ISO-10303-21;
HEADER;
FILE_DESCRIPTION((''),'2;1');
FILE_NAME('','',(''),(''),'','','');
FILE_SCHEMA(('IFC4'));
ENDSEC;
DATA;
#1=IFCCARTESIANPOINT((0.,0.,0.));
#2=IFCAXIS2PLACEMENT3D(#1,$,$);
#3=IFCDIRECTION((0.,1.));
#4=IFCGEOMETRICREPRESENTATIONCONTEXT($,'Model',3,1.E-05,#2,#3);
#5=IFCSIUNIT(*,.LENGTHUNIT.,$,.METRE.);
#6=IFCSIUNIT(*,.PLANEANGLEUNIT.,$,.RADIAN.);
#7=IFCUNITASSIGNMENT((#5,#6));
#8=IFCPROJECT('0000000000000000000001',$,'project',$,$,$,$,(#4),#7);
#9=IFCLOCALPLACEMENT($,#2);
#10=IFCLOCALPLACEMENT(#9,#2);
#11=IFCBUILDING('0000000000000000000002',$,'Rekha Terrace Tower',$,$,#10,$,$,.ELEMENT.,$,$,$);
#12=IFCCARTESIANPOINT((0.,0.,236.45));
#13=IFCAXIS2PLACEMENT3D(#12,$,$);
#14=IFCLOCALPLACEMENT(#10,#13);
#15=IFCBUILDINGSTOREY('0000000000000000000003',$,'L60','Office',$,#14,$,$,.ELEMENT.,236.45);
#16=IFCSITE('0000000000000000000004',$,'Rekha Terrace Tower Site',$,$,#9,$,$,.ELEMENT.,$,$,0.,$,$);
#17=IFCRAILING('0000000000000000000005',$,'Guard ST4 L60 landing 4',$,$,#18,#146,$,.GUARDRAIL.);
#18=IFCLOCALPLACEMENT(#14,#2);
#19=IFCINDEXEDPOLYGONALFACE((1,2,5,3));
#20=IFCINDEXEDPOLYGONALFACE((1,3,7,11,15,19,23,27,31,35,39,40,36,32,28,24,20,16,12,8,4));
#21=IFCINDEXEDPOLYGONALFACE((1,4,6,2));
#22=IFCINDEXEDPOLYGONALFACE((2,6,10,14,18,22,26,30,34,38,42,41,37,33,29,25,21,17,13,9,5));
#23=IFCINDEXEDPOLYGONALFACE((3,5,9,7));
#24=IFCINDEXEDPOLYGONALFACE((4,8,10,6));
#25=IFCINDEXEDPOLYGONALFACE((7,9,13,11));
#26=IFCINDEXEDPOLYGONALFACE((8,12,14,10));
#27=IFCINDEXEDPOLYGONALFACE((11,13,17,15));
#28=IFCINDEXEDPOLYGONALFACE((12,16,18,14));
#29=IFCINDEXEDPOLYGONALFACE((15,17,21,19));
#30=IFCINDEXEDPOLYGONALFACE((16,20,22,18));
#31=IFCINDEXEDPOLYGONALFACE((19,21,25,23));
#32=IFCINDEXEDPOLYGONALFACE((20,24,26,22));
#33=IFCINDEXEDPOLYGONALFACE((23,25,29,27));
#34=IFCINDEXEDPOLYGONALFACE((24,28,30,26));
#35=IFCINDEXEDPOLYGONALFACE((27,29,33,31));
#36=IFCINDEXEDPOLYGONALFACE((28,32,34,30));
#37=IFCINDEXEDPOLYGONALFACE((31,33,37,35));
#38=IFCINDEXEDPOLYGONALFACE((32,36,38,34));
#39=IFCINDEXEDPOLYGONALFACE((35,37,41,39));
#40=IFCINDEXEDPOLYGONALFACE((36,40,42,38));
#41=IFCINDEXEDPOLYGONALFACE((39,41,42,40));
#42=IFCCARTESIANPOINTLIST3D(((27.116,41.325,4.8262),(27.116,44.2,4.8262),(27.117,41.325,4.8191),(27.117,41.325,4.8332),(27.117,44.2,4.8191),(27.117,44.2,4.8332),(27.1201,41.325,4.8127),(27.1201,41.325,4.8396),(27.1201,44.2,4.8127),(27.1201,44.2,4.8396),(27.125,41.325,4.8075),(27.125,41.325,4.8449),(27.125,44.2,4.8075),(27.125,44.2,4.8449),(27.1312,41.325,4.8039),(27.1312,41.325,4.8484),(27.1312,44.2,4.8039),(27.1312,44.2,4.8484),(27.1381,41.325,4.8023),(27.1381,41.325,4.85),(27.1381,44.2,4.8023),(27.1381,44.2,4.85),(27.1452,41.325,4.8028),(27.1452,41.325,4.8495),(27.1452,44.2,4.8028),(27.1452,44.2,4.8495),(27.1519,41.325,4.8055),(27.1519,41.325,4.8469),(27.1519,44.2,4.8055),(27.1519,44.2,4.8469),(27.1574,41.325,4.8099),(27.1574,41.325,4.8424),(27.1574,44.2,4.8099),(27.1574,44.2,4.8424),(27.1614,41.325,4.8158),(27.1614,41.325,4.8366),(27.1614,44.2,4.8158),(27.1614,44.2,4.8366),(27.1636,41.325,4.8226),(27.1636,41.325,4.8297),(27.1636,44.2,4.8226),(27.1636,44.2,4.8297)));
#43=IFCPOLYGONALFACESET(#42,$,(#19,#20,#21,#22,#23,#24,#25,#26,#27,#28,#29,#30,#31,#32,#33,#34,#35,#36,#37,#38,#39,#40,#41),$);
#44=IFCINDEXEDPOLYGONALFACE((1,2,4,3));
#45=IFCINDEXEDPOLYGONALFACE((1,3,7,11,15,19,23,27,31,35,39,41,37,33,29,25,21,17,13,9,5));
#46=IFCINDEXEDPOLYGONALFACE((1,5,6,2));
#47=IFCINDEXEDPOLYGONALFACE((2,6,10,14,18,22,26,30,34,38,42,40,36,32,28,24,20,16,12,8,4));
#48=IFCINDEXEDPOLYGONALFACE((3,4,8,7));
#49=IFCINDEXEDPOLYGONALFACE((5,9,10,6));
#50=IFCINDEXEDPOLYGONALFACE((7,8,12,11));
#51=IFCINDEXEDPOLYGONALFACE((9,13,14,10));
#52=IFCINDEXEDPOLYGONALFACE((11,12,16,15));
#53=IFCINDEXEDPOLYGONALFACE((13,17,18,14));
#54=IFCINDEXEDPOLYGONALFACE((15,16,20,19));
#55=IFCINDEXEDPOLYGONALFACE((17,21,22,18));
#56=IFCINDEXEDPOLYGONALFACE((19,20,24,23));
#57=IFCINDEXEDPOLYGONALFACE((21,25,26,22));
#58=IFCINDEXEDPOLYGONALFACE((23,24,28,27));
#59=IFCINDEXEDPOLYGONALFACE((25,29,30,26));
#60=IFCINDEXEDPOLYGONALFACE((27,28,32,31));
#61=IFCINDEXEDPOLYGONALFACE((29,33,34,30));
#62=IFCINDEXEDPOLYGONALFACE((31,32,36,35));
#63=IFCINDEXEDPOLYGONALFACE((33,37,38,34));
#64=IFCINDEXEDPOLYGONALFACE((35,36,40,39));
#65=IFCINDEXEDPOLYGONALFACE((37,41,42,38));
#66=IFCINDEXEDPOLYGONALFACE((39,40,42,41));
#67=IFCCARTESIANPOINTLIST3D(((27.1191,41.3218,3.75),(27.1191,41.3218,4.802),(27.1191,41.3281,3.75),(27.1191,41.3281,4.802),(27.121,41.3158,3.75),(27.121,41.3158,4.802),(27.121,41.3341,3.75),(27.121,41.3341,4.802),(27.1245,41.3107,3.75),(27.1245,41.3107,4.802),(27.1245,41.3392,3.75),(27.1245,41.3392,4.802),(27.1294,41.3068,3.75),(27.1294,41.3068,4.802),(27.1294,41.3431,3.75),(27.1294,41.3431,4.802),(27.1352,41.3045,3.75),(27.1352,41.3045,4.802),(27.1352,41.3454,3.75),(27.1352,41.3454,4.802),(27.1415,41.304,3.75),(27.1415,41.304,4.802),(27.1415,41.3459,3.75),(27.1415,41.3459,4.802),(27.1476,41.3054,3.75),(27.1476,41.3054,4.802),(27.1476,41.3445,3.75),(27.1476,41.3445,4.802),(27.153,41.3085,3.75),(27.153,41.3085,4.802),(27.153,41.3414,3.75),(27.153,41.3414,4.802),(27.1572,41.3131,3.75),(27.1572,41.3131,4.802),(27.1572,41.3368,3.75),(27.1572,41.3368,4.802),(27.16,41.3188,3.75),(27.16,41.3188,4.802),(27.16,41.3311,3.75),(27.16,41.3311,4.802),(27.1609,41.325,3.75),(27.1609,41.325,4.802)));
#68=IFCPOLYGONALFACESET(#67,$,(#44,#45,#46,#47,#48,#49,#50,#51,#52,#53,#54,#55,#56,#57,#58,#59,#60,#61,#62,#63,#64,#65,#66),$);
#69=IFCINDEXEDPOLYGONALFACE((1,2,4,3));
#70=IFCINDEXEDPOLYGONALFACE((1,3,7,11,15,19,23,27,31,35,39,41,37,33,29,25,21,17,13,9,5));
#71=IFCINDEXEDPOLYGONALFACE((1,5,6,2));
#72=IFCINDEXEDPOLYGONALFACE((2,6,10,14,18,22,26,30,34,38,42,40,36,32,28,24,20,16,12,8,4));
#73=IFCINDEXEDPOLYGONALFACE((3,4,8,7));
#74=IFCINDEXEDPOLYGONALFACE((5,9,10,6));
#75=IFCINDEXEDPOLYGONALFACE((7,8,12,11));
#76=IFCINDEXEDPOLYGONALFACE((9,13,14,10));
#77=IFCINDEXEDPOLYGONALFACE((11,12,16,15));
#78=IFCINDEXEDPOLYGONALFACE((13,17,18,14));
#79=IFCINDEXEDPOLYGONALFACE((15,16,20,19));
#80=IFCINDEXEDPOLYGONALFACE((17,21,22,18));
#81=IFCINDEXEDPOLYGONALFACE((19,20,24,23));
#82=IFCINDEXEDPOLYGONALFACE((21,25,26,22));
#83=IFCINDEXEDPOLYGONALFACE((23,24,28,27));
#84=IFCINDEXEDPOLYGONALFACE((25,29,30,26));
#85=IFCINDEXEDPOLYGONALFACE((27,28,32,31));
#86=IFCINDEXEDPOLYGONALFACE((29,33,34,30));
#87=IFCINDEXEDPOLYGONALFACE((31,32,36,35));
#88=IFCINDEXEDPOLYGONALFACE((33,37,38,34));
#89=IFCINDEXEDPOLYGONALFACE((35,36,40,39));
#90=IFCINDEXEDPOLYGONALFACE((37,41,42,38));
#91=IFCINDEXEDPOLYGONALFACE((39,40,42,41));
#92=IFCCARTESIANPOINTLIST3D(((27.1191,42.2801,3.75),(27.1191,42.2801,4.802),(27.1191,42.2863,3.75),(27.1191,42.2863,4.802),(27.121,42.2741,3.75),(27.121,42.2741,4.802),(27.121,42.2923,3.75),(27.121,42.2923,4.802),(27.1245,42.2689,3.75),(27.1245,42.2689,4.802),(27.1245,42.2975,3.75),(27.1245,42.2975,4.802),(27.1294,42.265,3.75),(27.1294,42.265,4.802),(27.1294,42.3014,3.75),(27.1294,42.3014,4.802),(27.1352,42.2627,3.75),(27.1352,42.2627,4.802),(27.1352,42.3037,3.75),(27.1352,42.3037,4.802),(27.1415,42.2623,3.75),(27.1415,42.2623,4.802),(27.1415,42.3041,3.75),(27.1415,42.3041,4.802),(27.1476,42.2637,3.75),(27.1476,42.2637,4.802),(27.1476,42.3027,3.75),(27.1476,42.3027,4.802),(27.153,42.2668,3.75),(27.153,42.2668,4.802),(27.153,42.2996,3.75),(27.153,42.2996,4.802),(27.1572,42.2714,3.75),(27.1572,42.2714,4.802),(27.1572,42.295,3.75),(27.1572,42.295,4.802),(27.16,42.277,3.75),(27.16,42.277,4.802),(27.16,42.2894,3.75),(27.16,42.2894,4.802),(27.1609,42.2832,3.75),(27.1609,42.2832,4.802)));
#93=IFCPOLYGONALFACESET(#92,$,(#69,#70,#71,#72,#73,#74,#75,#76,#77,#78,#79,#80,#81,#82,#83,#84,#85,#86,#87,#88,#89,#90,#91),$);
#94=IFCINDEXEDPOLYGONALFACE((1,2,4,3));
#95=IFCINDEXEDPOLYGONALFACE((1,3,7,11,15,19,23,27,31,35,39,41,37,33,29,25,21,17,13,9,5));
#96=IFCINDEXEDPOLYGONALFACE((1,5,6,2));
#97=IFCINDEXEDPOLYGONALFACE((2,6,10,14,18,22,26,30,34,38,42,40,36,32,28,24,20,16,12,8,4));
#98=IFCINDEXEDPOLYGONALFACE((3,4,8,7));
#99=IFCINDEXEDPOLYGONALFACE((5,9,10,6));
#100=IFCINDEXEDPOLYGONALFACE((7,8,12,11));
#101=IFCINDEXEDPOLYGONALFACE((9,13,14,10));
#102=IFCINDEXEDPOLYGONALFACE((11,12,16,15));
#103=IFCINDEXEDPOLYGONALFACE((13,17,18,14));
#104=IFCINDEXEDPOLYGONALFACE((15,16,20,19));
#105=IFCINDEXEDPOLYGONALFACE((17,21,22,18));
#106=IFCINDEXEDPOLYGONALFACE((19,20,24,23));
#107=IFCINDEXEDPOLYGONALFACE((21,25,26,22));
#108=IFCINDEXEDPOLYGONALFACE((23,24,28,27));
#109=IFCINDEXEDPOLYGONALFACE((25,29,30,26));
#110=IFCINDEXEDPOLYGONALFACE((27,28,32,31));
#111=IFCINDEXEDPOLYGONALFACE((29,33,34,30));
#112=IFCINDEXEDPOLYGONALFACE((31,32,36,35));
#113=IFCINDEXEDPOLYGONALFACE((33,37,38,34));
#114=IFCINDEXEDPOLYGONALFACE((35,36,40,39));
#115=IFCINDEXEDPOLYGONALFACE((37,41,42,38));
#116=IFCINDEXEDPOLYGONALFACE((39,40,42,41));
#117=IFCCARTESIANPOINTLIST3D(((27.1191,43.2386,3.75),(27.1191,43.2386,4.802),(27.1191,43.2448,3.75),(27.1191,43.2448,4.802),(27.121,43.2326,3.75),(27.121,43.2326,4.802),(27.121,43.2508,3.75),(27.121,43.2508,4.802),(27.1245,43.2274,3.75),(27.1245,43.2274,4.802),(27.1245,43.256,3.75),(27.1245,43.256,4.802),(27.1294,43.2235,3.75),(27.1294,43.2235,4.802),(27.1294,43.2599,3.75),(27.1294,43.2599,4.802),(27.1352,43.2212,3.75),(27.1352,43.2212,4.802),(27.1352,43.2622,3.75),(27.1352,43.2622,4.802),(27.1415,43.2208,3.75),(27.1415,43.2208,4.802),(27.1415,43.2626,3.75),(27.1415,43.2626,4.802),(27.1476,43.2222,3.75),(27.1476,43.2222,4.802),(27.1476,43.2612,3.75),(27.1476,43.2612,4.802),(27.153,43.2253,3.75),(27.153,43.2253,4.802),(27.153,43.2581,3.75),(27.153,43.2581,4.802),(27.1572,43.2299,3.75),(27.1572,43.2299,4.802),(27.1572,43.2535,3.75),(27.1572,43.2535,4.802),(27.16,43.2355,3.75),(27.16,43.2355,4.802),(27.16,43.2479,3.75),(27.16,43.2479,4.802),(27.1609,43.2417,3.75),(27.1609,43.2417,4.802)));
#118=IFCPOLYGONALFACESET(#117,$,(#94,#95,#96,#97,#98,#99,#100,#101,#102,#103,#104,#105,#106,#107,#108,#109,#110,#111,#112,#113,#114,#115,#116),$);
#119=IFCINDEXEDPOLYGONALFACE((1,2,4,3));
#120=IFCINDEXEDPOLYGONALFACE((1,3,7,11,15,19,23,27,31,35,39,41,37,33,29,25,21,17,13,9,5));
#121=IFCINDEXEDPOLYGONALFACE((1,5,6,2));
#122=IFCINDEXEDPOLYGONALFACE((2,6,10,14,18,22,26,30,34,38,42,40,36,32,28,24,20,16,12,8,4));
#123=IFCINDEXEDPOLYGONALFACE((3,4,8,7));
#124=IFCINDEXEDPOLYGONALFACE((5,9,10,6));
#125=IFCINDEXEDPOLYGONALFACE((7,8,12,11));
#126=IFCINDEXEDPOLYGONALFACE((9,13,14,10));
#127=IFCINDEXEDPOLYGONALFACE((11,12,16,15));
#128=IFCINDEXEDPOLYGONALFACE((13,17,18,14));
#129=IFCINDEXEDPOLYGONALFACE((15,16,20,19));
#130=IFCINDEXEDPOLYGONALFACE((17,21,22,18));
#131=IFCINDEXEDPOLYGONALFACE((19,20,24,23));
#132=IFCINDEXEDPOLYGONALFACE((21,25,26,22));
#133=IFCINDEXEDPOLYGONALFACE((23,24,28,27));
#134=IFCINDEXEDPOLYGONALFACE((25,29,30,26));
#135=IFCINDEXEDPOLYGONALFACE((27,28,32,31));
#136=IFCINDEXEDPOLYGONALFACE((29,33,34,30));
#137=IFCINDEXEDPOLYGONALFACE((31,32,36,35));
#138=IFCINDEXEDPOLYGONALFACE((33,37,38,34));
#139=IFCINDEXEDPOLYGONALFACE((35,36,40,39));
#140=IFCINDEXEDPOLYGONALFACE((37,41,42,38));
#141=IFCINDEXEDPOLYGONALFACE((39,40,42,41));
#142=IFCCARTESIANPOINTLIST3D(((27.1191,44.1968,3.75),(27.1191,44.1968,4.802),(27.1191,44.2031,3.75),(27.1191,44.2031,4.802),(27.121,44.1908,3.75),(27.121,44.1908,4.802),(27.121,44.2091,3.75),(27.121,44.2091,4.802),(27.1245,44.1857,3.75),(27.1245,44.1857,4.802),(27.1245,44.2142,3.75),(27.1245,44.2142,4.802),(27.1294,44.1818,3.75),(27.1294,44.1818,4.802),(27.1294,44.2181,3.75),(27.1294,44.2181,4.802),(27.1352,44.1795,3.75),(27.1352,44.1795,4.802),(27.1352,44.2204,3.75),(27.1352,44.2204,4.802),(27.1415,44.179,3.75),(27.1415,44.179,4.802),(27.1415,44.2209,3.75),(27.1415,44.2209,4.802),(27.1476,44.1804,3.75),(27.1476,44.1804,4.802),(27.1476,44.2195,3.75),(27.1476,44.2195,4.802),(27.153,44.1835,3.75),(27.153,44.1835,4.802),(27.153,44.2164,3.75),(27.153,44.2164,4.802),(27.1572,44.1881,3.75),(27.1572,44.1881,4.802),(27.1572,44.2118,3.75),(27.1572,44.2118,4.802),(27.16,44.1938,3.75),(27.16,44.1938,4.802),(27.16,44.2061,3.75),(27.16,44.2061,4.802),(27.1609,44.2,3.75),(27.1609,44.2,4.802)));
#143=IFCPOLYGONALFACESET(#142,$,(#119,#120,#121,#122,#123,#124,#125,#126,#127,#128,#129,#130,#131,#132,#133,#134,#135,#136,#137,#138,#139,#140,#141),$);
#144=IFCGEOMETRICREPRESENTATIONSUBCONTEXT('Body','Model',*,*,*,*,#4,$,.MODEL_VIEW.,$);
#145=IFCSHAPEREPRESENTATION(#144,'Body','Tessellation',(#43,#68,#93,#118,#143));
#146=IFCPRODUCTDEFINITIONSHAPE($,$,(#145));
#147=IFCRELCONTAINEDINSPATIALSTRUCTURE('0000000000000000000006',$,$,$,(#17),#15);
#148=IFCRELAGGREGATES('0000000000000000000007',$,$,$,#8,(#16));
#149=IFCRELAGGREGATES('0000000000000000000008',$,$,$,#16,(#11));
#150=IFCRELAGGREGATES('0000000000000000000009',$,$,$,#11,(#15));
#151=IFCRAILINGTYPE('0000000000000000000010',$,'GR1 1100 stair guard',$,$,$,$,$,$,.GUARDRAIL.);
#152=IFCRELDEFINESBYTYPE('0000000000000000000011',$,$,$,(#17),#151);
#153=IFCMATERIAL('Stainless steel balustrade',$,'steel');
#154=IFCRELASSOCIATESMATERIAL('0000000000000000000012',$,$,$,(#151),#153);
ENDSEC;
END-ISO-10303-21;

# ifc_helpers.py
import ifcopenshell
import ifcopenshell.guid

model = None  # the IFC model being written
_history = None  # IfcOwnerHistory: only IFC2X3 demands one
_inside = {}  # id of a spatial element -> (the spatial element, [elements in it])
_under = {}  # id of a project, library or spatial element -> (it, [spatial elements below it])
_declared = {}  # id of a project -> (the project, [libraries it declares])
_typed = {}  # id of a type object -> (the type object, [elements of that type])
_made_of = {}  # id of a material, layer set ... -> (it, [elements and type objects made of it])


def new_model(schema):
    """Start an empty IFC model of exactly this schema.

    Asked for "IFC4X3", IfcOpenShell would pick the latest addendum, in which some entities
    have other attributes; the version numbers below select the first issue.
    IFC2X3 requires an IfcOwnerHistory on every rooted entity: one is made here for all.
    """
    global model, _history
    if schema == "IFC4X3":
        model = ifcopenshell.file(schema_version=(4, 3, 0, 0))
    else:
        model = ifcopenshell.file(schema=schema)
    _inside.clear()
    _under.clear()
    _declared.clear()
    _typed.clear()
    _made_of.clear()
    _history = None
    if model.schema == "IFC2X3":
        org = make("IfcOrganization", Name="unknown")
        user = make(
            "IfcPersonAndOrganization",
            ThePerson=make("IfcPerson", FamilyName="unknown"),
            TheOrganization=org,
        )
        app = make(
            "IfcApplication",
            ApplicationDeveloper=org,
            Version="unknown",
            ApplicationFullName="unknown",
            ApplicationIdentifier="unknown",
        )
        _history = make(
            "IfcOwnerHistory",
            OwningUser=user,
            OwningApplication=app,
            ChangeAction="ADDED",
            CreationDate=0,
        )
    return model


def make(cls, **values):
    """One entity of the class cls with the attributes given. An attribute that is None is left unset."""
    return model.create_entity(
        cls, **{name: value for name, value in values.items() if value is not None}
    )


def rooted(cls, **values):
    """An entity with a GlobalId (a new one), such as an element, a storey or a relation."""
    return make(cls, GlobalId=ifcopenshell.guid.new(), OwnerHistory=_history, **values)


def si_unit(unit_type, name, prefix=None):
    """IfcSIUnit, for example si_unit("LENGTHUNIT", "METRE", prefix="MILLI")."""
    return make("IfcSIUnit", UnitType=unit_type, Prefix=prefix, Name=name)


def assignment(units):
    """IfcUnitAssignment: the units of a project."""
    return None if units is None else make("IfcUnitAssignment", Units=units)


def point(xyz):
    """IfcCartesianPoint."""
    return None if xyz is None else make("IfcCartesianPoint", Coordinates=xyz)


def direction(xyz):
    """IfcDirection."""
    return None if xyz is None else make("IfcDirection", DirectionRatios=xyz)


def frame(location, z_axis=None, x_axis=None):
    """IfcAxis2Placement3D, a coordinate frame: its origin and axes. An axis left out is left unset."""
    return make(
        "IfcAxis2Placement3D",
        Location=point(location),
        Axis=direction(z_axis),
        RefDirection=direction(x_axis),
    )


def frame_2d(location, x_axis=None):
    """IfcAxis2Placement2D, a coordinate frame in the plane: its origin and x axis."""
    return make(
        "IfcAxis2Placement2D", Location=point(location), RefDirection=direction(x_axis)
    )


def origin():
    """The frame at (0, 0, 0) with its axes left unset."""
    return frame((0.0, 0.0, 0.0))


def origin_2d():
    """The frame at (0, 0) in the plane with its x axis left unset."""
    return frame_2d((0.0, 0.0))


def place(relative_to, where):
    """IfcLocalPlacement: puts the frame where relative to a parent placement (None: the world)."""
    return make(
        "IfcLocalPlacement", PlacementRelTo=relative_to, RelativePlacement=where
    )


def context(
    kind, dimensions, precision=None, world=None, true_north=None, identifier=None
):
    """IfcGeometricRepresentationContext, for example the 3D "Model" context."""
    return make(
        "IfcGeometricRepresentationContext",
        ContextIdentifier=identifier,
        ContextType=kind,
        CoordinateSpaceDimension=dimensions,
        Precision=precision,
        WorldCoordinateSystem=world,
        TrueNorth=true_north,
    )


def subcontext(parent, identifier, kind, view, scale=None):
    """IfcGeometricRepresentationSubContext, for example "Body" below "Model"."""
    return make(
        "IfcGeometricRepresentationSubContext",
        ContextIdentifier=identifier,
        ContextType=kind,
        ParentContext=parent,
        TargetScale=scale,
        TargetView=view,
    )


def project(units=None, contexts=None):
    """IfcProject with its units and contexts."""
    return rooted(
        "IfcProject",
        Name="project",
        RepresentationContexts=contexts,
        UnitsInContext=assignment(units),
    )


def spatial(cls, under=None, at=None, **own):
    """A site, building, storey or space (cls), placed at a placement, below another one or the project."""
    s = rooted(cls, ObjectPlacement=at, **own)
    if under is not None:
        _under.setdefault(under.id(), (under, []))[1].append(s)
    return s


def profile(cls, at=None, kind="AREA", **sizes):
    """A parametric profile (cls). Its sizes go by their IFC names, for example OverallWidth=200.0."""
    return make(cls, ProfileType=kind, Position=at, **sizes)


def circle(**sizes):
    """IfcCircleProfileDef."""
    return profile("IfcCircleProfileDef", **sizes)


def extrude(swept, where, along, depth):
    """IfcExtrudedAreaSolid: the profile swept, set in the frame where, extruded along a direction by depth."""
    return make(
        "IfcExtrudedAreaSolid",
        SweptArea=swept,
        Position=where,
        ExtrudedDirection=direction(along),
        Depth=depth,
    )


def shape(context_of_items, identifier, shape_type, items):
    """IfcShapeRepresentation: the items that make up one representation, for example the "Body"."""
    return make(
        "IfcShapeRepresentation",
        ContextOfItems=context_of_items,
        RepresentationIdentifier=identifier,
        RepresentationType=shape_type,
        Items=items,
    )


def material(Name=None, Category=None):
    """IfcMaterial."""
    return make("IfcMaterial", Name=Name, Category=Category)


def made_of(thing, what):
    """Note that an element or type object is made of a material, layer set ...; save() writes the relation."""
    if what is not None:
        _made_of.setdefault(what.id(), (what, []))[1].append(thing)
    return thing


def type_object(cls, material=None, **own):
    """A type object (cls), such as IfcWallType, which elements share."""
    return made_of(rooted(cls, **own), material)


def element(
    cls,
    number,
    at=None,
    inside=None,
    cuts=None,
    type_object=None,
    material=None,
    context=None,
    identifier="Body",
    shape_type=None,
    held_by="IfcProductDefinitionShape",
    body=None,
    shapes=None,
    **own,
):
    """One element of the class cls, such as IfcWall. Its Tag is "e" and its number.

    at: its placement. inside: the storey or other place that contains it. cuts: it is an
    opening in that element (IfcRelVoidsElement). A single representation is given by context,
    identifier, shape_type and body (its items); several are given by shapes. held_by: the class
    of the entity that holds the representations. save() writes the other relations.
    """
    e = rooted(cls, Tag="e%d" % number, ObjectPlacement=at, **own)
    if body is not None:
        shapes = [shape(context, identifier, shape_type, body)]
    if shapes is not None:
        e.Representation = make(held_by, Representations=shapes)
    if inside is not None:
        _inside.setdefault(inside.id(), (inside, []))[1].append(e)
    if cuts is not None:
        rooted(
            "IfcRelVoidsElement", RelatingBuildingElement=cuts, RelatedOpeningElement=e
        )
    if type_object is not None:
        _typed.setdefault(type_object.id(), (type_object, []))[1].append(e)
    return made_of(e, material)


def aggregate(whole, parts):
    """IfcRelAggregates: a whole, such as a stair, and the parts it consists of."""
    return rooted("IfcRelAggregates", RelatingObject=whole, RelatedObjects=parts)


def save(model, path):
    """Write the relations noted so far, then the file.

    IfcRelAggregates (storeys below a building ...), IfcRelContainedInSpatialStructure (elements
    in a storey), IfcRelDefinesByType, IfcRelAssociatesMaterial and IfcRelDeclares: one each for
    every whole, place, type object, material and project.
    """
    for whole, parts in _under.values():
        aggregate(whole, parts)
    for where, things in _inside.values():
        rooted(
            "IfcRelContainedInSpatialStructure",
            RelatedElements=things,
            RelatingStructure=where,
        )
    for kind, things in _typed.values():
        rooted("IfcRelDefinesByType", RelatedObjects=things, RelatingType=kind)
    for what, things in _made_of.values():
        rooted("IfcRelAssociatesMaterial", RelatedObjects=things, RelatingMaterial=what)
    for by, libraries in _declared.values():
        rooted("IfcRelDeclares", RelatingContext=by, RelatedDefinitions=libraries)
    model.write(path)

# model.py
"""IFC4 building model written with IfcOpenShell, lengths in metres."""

from ifc_helpers import new_model, si_unit, direction, frame, origin, origin_2d, place, context, subcontext, project, spatial, circle, extrude, material, type_object, element, save


model = new_model("IFC4")

# Units and contexts
model_context = context("Model", 3, precision=1e-05, world=origin(), true_north=direction((0.0, 1.0)))
body_context = subcontext(model_context, "Body", "Model", "MODEL_VIEW")
ifc_project = project(units=[si_unit("LENGTHUNIT", "METRE"), si_unit("PLANEANGLEUNIT", "RADIAN")], contexts=[model_context])

# Site, building, storey
site_placement = place(None, origin())
site = spatial("IfcSite", under=ifc_project, at=site_placement, Name="Rekha Terrace Tower Site", CompositionType="ELEMENT", RefElevation=0.0)
building_placement = place(site_placement, origin())
building = spatial("IfcBuilding", under=site, at=building_placement, Name="Rekha Terrace Tower", CompositionType="ELEMENT")
storey_placement = place(building_placement, frame((0.0, 0.0, 236.45)))
storey = spatial("IfcBuildingStorey", under=building, at=storey_placement, Name="L60", Description="Office", CompositionType="ELEMENT", Elevation=236.45)

# Railing
ifc_material_1 = material(Name="Stainless steel balustrade", Category="steel")
railing_type_1 = type_object("IfcRailingType", Name="GR1 1100 stair guard", PredefinedType="GUARDRAIL", material=ifc_material_1)
railing_1_placement = place(storey_placement, frame((27.1399, 41.325, 3.75)))
element("IfcRailing", 1, at=railing_1_placement, inside=storey, type_object=railing_type_1, Name="Guard ST4 L60 landing 4", PredefinedType="GUARDRAIL", context=body_context, shape_type="SweptSolid", body=[
    extrude(circle(Radius=0.0239, at=origin_2d()), frame((0.0, 0.0, 1.0762), z_axis=(0.0, 1.0, 0.0), x_axis=(-1.0, 0.0, 0.0)), (0.0, 0.0, 1.0), 2.875),
    extrude(circle(Radius=0.021, at=origin_2d()), origin(), (0.0, 0.0, 1.0), 1.052),
    extrude(circle(Radius=0.021, at=origin_2d()), frame((0.0, 0.9583, 0.0)), (0.0, 0.0, 1.0), 1.052),
    extrude(circle(Radius=0.021, at=origin_2d()), frame((0.0, 1.9167, 0.0)), (0.0, 0.0, 1.0), 1.052),
    extrude(circle(Radius=0.021, at=origin_2d()), frame((0.0, 2.875, 0.0)), (0.0, 0.0, 1.0), 1.052),
])

save(model, "model.ifc")
